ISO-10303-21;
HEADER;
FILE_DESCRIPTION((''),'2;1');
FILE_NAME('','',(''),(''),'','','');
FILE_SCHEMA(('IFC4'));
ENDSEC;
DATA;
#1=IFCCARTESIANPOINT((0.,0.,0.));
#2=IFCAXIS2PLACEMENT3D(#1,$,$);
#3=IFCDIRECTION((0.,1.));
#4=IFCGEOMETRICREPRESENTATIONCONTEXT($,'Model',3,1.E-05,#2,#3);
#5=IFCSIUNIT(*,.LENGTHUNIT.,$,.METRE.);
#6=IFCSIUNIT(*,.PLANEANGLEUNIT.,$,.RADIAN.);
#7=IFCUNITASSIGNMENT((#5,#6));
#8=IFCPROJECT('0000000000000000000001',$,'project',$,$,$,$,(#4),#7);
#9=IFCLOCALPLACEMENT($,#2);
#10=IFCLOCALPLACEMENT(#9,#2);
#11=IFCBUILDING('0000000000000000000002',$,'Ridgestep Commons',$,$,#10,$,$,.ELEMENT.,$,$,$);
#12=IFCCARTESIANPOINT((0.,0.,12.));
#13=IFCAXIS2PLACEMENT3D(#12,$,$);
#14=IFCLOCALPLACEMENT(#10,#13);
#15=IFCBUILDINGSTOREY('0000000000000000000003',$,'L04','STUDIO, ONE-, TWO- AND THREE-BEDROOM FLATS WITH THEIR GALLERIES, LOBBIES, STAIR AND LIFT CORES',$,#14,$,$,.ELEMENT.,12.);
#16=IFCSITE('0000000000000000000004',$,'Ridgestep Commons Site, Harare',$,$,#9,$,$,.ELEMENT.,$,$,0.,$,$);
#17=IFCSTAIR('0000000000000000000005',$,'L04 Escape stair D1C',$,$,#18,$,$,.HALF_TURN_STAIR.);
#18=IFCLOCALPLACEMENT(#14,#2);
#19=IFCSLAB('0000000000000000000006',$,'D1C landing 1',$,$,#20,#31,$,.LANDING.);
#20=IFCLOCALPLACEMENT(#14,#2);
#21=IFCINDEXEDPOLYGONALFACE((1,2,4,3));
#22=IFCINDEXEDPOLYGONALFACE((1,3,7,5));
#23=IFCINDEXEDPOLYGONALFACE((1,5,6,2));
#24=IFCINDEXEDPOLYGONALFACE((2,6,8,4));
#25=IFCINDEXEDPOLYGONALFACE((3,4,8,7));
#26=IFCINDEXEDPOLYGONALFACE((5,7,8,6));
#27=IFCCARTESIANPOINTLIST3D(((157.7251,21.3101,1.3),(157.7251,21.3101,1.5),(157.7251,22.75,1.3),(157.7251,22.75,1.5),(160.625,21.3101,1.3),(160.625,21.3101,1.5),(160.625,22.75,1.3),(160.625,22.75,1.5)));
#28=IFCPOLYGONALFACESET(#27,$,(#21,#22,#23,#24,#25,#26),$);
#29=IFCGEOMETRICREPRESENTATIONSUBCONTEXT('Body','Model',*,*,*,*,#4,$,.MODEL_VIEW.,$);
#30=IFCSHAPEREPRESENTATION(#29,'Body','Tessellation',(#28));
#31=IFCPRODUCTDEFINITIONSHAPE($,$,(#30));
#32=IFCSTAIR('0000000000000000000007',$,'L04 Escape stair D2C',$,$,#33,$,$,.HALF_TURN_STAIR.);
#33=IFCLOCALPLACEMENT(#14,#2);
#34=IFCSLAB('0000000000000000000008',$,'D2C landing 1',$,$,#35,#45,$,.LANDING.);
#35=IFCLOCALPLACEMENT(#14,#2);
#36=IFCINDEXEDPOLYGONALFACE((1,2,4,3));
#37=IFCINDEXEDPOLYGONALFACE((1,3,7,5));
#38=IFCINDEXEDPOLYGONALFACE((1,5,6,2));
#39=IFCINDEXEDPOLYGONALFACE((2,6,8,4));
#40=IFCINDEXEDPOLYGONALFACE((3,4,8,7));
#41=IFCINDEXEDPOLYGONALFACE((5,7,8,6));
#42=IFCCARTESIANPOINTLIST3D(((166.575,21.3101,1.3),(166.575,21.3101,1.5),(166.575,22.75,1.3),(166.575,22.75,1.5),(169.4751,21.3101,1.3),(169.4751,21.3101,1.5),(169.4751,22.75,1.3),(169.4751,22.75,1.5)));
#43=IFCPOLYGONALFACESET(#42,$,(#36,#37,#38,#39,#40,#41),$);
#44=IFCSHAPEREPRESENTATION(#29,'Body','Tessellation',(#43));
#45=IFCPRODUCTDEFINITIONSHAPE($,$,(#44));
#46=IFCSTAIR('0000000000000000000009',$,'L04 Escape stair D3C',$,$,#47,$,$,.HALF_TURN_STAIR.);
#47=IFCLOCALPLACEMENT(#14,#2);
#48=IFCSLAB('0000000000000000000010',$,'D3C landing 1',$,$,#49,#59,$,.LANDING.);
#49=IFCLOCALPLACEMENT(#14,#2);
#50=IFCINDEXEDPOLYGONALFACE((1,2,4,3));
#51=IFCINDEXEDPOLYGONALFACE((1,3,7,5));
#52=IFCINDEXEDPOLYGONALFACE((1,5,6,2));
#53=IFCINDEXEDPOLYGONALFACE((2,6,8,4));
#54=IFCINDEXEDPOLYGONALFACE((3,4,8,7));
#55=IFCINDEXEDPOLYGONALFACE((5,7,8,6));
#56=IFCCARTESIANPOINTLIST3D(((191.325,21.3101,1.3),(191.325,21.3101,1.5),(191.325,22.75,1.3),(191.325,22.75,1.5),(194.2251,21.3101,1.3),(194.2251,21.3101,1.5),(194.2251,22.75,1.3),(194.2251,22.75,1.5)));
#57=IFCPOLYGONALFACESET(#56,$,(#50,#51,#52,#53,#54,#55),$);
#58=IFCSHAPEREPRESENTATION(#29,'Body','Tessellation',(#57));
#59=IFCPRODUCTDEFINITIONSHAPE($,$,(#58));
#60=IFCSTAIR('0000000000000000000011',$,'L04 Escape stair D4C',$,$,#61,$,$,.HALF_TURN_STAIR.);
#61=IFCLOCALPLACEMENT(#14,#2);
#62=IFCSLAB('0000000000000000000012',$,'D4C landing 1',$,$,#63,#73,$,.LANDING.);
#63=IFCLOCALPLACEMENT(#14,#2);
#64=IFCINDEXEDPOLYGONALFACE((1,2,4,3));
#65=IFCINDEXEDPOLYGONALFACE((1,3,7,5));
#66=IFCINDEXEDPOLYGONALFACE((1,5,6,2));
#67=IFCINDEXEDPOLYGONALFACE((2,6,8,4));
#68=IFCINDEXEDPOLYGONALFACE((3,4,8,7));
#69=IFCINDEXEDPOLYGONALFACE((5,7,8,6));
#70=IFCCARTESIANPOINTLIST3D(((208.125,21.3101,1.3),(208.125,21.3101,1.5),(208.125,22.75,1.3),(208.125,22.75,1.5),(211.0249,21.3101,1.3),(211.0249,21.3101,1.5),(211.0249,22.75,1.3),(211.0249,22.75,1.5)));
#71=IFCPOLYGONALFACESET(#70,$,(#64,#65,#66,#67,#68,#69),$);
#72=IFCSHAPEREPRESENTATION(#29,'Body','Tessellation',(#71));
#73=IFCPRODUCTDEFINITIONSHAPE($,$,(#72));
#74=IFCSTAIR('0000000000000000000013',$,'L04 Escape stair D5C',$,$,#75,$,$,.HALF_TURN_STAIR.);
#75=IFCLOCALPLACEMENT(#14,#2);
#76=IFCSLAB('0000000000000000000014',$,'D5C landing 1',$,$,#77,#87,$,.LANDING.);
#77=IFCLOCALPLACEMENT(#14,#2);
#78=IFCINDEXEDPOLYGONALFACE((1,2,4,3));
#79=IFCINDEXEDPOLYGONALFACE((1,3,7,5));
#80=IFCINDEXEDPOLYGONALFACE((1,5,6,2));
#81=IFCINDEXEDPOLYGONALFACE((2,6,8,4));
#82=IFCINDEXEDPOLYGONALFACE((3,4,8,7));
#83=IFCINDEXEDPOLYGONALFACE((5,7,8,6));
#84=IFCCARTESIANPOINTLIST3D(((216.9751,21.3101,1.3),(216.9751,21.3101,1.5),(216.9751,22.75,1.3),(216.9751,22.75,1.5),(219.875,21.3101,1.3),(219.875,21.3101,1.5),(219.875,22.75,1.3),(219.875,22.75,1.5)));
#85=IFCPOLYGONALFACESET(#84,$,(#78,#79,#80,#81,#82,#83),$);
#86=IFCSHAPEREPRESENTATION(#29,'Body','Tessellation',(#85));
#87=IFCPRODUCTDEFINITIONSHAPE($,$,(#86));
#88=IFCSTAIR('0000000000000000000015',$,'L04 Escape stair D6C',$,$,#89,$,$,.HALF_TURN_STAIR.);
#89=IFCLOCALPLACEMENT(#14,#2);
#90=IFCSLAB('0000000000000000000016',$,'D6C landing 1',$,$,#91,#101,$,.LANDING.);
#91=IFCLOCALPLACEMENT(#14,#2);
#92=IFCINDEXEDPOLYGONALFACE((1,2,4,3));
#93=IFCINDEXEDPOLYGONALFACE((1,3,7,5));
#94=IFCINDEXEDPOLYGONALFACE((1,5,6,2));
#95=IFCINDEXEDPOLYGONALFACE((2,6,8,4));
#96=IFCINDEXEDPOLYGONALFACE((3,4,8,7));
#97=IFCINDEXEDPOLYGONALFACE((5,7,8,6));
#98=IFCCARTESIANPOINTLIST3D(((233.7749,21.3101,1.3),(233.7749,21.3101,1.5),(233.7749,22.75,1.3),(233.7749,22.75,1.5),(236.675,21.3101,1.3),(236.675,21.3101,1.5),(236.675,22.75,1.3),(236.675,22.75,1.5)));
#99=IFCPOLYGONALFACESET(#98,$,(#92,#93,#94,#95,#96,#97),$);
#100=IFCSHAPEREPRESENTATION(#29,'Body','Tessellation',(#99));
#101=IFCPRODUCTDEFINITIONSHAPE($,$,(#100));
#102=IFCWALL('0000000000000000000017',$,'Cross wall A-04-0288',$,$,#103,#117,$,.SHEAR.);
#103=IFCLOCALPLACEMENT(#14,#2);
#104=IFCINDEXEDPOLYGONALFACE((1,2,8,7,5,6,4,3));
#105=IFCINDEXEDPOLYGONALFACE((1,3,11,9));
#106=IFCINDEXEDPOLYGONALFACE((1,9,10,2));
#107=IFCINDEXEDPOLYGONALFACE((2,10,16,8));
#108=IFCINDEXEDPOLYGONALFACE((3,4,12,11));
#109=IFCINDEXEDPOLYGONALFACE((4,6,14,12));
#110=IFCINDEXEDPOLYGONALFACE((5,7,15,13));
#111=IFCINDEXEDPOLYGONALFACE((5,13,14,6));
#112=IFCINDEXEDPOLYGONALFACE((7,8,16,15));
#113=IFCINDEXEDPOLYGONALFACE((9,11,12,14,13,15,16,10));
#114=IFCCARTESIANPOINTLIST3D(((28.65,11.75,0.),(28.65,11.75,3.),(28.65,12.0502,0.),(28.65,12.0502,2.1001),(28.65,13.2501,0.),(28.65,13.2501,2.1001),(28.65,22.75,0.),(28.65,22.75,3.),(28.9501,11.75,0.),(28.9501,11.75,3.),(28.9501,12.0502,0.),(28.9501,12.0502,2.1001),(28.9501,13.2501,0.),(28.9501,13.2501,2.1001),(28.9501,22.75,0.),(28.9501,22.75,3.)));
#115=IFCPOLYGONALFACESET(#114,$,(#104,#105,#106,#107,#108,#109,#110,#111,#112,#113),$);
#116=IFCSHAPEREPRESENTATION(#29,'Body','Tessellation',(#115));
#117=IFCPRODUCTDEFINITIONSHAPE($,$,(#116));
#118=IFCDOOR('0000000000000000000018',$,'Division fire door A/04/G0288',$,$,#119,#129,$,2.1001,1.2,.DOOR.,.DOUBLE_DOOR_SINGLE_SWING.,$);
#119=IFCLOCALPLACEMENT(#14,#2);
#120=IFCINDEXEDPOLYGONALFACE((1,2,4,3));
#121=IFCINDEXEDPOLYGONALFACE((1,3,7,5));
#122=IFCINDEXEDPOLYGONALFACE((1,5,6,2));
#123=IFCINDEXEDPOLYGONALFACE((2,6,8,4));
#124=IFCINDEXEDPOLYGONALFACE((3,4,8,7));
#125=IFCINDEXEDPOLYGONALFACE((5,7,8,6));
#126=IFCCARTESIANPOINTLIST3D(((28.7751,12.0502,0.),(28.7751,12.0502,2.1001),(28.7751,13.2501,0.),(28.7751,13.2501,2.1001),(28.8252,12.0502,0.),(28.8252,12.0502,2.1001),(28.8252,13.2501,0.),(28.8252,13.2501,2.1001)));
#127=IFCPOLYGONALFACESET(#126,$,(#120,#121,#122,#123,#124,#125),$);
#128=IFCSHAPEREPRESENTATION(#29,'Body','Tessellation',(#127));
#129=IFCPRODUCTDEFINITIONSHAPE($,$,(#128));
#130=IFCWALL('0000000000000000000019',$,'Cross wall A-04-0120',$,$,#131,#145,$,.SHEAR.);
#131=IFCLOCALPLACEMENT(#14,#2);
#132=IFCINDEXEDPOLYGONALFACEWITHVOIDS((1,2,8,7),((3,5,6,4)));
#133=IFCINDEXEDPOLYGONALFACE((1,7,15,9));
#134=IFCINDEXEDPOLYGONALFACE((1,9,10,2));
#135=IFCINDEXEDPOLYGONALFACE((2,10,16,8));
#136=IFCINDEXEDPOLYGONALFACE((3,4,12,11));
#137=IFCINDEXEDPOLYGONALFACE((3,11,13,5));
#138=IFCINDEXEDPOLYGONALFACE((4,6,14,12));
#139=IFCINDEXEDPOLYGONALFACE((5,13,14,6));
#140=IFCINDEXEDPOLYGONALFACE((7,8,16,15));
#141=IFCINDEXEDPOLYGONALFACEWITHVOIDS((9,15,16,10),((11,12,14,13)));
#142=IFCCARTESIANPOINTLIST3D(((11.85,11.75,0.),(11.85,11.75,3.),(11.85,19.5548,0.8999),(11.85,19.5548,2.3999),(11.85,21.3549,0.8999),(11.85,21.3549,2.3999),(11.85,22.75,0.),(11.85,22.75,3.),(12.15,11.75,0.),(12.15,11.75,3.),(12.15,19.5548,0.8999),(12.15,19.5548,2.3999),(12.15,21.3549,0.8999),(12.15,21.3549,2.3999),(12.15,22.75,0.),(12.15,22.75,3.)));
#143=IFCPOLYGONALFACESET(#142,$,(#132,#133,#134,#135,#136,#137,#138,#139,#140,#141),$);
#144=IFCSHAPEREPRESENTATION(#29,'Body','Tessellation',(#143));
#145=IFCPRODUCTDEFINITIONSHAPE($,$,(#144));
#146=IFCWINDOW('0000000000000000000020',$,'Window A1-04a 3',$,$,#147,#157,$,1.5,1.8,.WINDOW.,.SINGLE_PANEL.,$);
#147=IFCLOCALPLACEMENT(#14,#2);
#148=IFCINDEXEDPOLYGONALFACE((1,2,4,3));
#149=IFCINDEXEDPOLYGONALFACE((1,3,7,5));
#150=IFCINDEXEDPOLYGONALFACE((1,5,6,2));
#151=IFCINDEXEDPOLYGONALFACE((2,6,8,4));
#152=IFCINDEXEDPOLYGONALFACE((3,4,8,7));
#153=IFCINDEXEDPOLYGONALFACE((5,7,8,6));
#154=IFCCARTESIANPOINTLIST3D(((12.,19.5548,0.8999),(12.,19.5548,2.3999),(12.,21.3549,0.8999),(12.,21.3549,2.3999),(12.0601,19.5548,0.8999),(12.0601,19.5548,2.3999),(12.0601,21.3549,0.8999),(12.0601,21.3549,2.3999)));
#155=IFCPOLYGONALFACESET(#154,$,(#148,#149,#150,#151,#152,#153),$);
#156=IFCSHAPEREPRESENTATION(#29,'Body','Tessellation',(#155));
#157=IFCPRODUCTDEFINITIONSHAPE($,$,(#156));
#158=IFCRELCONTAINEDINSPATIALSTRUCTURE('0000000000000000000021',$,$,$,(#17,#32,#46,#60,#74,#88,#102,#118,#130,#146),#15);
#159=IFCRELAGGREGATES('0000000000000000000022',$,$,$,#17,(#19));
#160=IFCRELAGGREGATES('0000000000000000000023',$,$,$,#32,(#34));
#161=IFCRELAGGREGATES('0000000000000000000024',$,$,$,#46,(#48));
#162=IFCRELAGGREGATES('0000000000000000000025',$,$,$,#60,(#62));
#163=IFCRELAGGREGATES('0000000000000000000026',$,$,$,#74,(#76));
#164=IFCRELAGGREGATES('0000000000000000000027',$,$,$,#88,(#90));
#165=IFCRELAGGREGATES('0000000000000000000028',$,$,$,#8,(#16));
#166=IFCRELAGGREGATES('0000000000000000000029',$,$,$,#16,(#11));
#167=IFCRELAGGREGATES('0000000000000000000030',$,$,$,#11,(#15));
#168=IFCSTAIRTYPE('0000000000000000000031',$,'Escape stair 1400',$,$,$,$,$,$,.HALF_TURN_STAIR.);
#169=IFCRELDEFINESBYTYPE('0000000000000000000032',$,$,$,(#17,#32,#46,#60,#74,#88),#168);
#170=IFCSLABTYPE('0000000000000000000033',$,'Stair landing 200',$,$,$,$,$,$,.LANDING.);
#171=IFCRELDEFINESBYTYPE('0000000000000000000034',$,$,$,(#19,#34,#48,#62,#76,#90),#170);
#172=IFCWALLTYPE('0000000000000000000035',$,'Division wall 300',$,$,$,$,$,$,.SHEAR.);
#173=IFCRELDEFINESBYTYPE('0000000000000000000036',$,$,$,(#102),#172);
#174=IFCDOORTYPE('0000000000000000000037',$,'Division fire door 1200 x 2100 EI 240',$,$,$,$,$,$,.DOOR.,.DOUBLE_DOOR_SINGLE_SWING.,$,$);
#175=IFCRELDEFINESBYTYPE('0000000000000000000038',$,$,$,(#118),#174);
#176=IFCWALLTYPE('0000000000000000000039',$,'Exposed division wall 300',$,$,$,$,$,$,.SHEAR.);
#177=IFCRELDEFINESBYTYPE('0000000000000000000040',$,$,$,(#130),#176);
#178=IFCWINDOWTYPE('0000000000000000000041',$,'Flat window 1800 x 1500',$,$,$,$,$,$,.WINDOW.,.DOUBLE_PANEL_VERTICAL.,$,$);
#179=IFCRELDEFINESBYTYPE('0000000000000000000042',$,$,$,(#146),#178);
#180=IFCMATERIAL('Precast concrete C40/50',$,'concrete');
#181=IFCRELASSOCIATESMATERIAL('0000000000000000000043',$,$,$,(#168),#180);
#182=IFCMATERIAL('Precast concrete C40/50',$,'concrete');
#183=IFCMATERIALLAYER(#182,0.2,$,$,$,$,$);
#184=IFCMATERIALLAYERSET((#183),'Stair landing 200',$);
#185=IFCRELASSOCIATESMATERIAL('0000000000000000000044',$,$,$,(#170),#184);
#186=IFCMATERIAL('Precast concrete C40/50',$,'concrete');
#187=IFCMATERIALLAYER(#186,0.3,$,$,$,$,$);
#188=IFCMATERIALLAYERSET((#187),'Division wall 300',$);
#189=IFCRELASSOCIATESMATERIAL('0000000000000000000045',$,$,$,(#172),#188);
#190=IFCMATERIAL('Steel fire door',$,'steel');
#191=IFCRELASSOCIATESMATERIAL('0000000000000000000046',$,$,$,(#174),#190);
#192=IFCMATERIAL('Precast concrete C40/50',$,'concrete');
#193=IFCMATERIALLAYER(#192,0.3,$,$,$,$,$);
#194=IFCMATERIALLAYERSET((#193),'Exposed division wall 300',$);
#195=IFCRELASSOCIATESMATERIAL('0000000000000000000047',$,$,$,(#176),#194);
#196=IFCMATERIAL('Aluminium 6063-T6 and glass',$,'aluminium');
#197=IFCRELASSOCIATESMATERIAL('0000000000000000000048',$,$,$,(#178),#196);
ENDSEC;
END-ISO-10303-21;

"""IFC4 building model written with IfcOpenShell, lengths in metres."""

from ifc_helpers import new_model, si_unit, direction, frame, frame_2d, origin, place, context, subcontext, project, spatial, polyline, rectangle, outline, extrude, material, layer, layer_set, type_object, element, fill, aggregate, save


model = new_model("IFC4")

# Units and contexts
model_context = context("Model", 3, precision=1e-05, world=origin(), true_north=direction((0.0, 1.0)))
body_context = subcontext(model_context, "Body", "Model", "MODEL_VIEW")
ifc_project = project(units=[si_unit("LENGTHUNIT", "METRE"), si_unit("PLANEANGLEUNIT", "RADIAN")], contexts=[model_context])

# Site, building, storey
site_placement = place(None, origin())
site = spatial("IfcSite", under=ifc_project, at=site_placement, Name="Ridgestep Commons Site, Harare", CompositionType="ELEMENT", RefElevation=0.0)
building_placement = place(site_placement, origin())
building = spatial("IfcBuilding", under=site, at=building_placement, Name="Ridgestep Commons", CompositionType="ELEMENT")
storey_placement = place(building_placement, frame((0.0, 0.0, 12.0)))
storey = spatial("IfcBuildingStorey", under=building, at=storey_placement, Name="L04", Description="STUDIO, ONE-, TWO- AND THREE-BEDROOM FLATS WITH THEIR GALLERIES, LOBBIES, STAIR AND LIFT CORES", CompositionType="ELEMENT", Elevation=12.0)

# Stairs, slabs
ifc_material_1 = material(Name="Precast concrete C40/50", Category="concrete")
stair_type = type_object("IfcStairType", Name="Escape stair 1400", PredefinedType="HALF_TURN_STAIR", material=ifc_material_1)
ifc_material_2 = material(Name="Precast concrete C40/50", Category="concrete")
ifc_layer_1 = layer(ifc_material_2, 0.2)
ifc_layer_set_1 = layer_set([ifc_layer_1], Name="Stair landing 200")
slab_type = type_object("IfcSlabType", Name="Stair landing 200", PredefinedType="LANDING", material=ifc_layer_set_1)
stair_1_placement = place(storey_placement, origin())
stair_1 = element("IfcStair", 1, at=stair_1_placement, inside=storey, type_object=stair_type, Name="L04 Escape stair D1C", PredefinedType="HALF_TURN_STAIR")
slab_1_placement = place(storey_placement, frame((0.0, 0.0, 1.3)))
slab_1 = element("IfcSlab", 2, at=slab_1_placement, type_object=slab_type, Name="D1C landing 1", PredefinedType="LANDING", context=body_context, shape_type="SweptSolid", body=[
    extrude(outline(polyline([(160.625, 21.3101), (160.625, 22.75), (157.7251, 22.75), (157.7251, 21.3101), (160.625, 21.3101)])), origin(), (0.0, 0.0, 1.0), 0.2),
])
aggregate(stair_1, [slab_1])
stair_2_placement = place(storey_placement, origin())
stair_2 = element("IfcStair", 3, at=stair_2_placement, inside=storey, type_object=stair_type, Name="L04 Escape stair D2C", PredefinedType="HALF_TURN_STAIR")
slab_2_placement = place(storey_placement, frame((0.0, 0.0, 1.3)))
slab_2 = element("IfcSlab", 4, at=slab_2_placement, type_object=slab_type, Name="D2C landing 1", PredefinedType="LANDING", context=body_context, shape_type="SweptSolid", body=[
    extrude(outline(polyline([(169.4751, 21.3101), (169.4751, 22.75), (166.575, 22.75), (166.575, 21.3101), (169.4751, 21.3101)])), origin(), (0.0, 0.0, 1.0), 0.2),
])
aggregate(stair_2, [slab_2])
stair_3_placement = place(storey_placement, origin())
stair_3 = element("IfcStair", 5, at=stair_3_placement, inside=storey, type_object=stair_type, Name="L04 Escape stair D3C", PredefinedType="HALF_TURN_STAIR")
slab_3_placement = place(storey_placement, frame((0.0, 0.0, 1.3)))
slab_3 = element("IfcSlab", 6, at=slab_3_placement, type_object=slab_type, Name="D3C landing 1", PredefinedType="LANDING", context=body_context, shape_type="SweptSolid", body=[
    extrude(outline(polyline([(194.2251, 21.3101), (194.2251, 22.75), (191.325, 22.75), (191.325, 21.3101), (194.2251, 21.3101)])), origin(), (0.0, 0.0, 1.0), 0.2),
])
aggregate(stair_3, [slab_3])
stair_4_placement = place(storey_placement, origin())
stair_4 = element("IfcStair", 7, at=stair_4_placement, inside=storey, type_object=stair_type, Name="L04 Escape stair D4C", PredefinedType="HALF_TURN_STAIR")
slab_4_placement = place(storey_placement, frame((0.0, 0.0, 1.3)))
slab_4 = element("IfcSlab", 8, at=slab_4_placement, type_object=slab_type, Name="D4C landing 1", PredefinedType="LANDING", context=body_context, shape_type="SweptSolid", body=[
    extrude(outline(polyline([(211.0249, 21.3101), (211.0249, 22.75), (208.125, 22.75), (208.125, 21.3101), (211.0249, 21.3101)])), origin(), (0.0, 0.0, 1.0), 0.2),
])
aggregate(stair_4, [slab_4])
stair_5_placement = place(storey_placement, origin())
stair_5 = element("IfcStair", 9, at=stair_5_placement, inside=storey, type_object=stair_type, Name="L04 Escape stair D5C", PredefinedType="HALF_TURN_STAIR")
slab_5_placement = place(storey_placement, frame((0.0, 0.0, 1.3)))
slab_5 = element("IfcSlab", 10, at=slab_5_placement, type_object=slab_type, Name="D5C landing 1", PredefinedType="LANDING", context=body_context, shape_type="SweptSolid", body=[
    extrude(outline(polyline([(219.875, 21.3101), (219.875, 22.75), (216.9751, 22.75), (216.9751, 21.3101), (219.875, 21.3101)])), origin(), (0.0, 0.0, 1.0), 0.2),
])
aggregate(stair_5, [slab_5])
stair_6_placement = place(storey_placement, origin())
stair_6 = element("IfcStair", 11, at=stair_6_placement, inside=storey, type_object=stair_type, Name="L04 Escape stair D6C", PredefinedType="HALF_TURN_STAIR")
slab_6_placement = place(storey_placement, frame((0.0, 0.0, 1.3)))
slab_6 = element("IfcSlab", 12, at=slab_6_placement, type_object=slab_type, Name="D6C landing 1", PredefinedType="LANDING", context=body_context, shape_type="SweptSolid", body=[
    extrude(outline(polyline([(236.675, 21.3101), (236.675, 22.75), (233.7749, 22.75), (233.7749, 21.3101), (236.675, 21.3101)])), origin(), (0.0, 0.0, 1.0), 0.2),
])
aggregate(stair_6, [slab_6])

# Wall, opening, door
ifc_material_3 = material(Name="Precast concrete C40/50", Category="concrete")
ifc_layer_2 = layer(ifc_material_3, 0.3)
ifc_layer_set_2 = layer_set([ifc_layer_2], Name="Division wall 300")
wall_type_1 = type_object("IfcWallType", Name="Division wall 300", PredefinedType="SHEAR", material=ifc_layer_set_2)
wall_1_placement = place(storey_placement, frame((28.8, 11.75, 0.0), z_axis=(0.0, 0.0, 1.0), x_axis=(0.0, 1.0, 0.0)))
wall_1 = element("IfcWall", 13, at=wall_1_placement, inside=storey, type_object=wall_type_1, Name="Cross wall A-04-0288", PredefinedType="SHEAR", context=body_context, shape_type="SweptSolid", body=[
    extrude(rectangle(XDim=11.0, YDim=0.3, at=frame_2d((5.5, 0.0))), origin(), (0.0, 0.0, 1.0), 3.0),
])
opening_1_placement = place(wall_1_placement, frame((0.3, 0.0, 0.0)))
opening_1 = element("IfcOpeningElement", 14, at=opening_1_placement, cuts=wall_1, PredefinedType="OPENING", context=body_context, shape_type="SweptSolid", body=[
    extrude(rectangle(XDim=1.2, YDim=2.1001, at=frame_2d((0.6001, 1.05))), frame((0.0, 0.1599, 0.0), z_axis=(0.0, -1.0, 0.0), x_axis=(1.0, 0.0, 0.0)), (0.0, 0.0, 1.0), 0.3201),
])
ifc_material_4 = material(Name="Steel fire door", Category="steel")
door_type = type_object("IfcDoorType", Name="Division fire door 1200 x 2100 EI 240", OperationType="DOUBLE_DOOR_SINGLE_SWING", PredefinedType="DOOR", material=ifc_material_4)
door_placement = place(opening_1_placement, origin())
door = element("IfcDoor", 15, at=door_placement, inside=storey, type_object=door_type, Name="Division fire door A/04/G0288", OperationType="DOUBLE_DOOR_SINGLE_SWING", OverallHeight=2.1001, OverallWidth=1.2, PredefinedType="DOOR", context=body_context, shape_type="SweptSolid", body=[
    extrude(rectangle(XDim=1.2, YDim=2.1001, at=frame_2d((0.6001, 1.05))), frame((0.0, 0.0249, 0.0), z_axis=(0.0, -1.0, 0.0), x_axis=(1.0, 0.0, 0.0)), (0.0, 0.0, 1.0), 0.05),
])
fill(opening_1, door)

# Wall, opening, window
ifc_material_5 = material(Name="Precast concrete C40/50", Category="concrete")
ifc_layer_3 = layer(ifc_material_5, 0.3)
ifc_layer_set_3 = layer_set([ifc_layer_3], Name="Exposed division wall 300")
wall_type_2 = type_object("IfcWallType", Name="Exposed division wall 300", PredefinedType="SHEAR", material=ifc_layer_set_3)
wall_2_placement = place(storey_placement, frame((12.0, 11.75, 0.0), z_axis=(0.0, 0.0, 1.0), x_axis=(0.0, 1.0, 0.0)))
wall_2 = element("IfcWall", 16, at=wall_2_placement, inside=storey, type_object=wall_type_2, Name="Cross wall A-04-0120", PredefinedType="SHEAR", context=body_context, shape_type="SweptSolid", body=[
    extrude(rectangle(XDim=11.0, YDim=0.3, at=frame_2d((5.5, 0.0))), origin(), (0.0, 0.0, 1.0), 3.0),
])
opening_2_placement = place(wall_2_placement, frame((7.8049, 0.0, 0.8999)))
opening_2 = element("IfcOpeningElement", 17, at=opening_2_placement, cuts=wall_2, PredefinedType="OPENING", context=body_context, shape_type="SweptSolid", body=[
    extrude(rectangle(XDim=1.8, YDim=1.5, at=frame_2d((0.8999, 0.75))), frame((0.0, 0.1599, 0.0), z_axis=(0.0, -1.0, 0.0), x_axis=(1.0, 0.0, 0.0)), (0.0, 0.0, 1.0), 0.3201),
])
ifc_material_6 = material(Name="Aluminium 6063-T6 and glass", Category="aluminium")
window_type = type_object("IfcWindowType", Name="Flat window 1800 x 1500", PartitioningType="DOUBLE_PANEL_VERTICAL", PredefinedType="WINDOW", material=ifc_material_6)
window_placement = place(opening_2_placement, origin())
window = element("IfcWindow", 18, at=window_placement, inside=storey, type_object=window_type, Name="Window A1-04a 3", OverallHeight=1.5, OverallWidth=1.8, PartitioningType="SINGLE_PANEL", PredefinedType="WINDOW", context=body_context, shape_type="SweptSolid", body=[
    extrude(rectangle(XDim=1.8, YDim=1.5, at=frame_2d((0.8999, 0.75))), frame((0.0, 0.0, 0.0), z_axis=(0.0, -1.0, 0.0), x_axis=(1.0, 0.0, 0.0)), (0.0, 0.0, 1.0), 0.0601),
])
fill(opening_2, window)

save(model, "model.ifc")
